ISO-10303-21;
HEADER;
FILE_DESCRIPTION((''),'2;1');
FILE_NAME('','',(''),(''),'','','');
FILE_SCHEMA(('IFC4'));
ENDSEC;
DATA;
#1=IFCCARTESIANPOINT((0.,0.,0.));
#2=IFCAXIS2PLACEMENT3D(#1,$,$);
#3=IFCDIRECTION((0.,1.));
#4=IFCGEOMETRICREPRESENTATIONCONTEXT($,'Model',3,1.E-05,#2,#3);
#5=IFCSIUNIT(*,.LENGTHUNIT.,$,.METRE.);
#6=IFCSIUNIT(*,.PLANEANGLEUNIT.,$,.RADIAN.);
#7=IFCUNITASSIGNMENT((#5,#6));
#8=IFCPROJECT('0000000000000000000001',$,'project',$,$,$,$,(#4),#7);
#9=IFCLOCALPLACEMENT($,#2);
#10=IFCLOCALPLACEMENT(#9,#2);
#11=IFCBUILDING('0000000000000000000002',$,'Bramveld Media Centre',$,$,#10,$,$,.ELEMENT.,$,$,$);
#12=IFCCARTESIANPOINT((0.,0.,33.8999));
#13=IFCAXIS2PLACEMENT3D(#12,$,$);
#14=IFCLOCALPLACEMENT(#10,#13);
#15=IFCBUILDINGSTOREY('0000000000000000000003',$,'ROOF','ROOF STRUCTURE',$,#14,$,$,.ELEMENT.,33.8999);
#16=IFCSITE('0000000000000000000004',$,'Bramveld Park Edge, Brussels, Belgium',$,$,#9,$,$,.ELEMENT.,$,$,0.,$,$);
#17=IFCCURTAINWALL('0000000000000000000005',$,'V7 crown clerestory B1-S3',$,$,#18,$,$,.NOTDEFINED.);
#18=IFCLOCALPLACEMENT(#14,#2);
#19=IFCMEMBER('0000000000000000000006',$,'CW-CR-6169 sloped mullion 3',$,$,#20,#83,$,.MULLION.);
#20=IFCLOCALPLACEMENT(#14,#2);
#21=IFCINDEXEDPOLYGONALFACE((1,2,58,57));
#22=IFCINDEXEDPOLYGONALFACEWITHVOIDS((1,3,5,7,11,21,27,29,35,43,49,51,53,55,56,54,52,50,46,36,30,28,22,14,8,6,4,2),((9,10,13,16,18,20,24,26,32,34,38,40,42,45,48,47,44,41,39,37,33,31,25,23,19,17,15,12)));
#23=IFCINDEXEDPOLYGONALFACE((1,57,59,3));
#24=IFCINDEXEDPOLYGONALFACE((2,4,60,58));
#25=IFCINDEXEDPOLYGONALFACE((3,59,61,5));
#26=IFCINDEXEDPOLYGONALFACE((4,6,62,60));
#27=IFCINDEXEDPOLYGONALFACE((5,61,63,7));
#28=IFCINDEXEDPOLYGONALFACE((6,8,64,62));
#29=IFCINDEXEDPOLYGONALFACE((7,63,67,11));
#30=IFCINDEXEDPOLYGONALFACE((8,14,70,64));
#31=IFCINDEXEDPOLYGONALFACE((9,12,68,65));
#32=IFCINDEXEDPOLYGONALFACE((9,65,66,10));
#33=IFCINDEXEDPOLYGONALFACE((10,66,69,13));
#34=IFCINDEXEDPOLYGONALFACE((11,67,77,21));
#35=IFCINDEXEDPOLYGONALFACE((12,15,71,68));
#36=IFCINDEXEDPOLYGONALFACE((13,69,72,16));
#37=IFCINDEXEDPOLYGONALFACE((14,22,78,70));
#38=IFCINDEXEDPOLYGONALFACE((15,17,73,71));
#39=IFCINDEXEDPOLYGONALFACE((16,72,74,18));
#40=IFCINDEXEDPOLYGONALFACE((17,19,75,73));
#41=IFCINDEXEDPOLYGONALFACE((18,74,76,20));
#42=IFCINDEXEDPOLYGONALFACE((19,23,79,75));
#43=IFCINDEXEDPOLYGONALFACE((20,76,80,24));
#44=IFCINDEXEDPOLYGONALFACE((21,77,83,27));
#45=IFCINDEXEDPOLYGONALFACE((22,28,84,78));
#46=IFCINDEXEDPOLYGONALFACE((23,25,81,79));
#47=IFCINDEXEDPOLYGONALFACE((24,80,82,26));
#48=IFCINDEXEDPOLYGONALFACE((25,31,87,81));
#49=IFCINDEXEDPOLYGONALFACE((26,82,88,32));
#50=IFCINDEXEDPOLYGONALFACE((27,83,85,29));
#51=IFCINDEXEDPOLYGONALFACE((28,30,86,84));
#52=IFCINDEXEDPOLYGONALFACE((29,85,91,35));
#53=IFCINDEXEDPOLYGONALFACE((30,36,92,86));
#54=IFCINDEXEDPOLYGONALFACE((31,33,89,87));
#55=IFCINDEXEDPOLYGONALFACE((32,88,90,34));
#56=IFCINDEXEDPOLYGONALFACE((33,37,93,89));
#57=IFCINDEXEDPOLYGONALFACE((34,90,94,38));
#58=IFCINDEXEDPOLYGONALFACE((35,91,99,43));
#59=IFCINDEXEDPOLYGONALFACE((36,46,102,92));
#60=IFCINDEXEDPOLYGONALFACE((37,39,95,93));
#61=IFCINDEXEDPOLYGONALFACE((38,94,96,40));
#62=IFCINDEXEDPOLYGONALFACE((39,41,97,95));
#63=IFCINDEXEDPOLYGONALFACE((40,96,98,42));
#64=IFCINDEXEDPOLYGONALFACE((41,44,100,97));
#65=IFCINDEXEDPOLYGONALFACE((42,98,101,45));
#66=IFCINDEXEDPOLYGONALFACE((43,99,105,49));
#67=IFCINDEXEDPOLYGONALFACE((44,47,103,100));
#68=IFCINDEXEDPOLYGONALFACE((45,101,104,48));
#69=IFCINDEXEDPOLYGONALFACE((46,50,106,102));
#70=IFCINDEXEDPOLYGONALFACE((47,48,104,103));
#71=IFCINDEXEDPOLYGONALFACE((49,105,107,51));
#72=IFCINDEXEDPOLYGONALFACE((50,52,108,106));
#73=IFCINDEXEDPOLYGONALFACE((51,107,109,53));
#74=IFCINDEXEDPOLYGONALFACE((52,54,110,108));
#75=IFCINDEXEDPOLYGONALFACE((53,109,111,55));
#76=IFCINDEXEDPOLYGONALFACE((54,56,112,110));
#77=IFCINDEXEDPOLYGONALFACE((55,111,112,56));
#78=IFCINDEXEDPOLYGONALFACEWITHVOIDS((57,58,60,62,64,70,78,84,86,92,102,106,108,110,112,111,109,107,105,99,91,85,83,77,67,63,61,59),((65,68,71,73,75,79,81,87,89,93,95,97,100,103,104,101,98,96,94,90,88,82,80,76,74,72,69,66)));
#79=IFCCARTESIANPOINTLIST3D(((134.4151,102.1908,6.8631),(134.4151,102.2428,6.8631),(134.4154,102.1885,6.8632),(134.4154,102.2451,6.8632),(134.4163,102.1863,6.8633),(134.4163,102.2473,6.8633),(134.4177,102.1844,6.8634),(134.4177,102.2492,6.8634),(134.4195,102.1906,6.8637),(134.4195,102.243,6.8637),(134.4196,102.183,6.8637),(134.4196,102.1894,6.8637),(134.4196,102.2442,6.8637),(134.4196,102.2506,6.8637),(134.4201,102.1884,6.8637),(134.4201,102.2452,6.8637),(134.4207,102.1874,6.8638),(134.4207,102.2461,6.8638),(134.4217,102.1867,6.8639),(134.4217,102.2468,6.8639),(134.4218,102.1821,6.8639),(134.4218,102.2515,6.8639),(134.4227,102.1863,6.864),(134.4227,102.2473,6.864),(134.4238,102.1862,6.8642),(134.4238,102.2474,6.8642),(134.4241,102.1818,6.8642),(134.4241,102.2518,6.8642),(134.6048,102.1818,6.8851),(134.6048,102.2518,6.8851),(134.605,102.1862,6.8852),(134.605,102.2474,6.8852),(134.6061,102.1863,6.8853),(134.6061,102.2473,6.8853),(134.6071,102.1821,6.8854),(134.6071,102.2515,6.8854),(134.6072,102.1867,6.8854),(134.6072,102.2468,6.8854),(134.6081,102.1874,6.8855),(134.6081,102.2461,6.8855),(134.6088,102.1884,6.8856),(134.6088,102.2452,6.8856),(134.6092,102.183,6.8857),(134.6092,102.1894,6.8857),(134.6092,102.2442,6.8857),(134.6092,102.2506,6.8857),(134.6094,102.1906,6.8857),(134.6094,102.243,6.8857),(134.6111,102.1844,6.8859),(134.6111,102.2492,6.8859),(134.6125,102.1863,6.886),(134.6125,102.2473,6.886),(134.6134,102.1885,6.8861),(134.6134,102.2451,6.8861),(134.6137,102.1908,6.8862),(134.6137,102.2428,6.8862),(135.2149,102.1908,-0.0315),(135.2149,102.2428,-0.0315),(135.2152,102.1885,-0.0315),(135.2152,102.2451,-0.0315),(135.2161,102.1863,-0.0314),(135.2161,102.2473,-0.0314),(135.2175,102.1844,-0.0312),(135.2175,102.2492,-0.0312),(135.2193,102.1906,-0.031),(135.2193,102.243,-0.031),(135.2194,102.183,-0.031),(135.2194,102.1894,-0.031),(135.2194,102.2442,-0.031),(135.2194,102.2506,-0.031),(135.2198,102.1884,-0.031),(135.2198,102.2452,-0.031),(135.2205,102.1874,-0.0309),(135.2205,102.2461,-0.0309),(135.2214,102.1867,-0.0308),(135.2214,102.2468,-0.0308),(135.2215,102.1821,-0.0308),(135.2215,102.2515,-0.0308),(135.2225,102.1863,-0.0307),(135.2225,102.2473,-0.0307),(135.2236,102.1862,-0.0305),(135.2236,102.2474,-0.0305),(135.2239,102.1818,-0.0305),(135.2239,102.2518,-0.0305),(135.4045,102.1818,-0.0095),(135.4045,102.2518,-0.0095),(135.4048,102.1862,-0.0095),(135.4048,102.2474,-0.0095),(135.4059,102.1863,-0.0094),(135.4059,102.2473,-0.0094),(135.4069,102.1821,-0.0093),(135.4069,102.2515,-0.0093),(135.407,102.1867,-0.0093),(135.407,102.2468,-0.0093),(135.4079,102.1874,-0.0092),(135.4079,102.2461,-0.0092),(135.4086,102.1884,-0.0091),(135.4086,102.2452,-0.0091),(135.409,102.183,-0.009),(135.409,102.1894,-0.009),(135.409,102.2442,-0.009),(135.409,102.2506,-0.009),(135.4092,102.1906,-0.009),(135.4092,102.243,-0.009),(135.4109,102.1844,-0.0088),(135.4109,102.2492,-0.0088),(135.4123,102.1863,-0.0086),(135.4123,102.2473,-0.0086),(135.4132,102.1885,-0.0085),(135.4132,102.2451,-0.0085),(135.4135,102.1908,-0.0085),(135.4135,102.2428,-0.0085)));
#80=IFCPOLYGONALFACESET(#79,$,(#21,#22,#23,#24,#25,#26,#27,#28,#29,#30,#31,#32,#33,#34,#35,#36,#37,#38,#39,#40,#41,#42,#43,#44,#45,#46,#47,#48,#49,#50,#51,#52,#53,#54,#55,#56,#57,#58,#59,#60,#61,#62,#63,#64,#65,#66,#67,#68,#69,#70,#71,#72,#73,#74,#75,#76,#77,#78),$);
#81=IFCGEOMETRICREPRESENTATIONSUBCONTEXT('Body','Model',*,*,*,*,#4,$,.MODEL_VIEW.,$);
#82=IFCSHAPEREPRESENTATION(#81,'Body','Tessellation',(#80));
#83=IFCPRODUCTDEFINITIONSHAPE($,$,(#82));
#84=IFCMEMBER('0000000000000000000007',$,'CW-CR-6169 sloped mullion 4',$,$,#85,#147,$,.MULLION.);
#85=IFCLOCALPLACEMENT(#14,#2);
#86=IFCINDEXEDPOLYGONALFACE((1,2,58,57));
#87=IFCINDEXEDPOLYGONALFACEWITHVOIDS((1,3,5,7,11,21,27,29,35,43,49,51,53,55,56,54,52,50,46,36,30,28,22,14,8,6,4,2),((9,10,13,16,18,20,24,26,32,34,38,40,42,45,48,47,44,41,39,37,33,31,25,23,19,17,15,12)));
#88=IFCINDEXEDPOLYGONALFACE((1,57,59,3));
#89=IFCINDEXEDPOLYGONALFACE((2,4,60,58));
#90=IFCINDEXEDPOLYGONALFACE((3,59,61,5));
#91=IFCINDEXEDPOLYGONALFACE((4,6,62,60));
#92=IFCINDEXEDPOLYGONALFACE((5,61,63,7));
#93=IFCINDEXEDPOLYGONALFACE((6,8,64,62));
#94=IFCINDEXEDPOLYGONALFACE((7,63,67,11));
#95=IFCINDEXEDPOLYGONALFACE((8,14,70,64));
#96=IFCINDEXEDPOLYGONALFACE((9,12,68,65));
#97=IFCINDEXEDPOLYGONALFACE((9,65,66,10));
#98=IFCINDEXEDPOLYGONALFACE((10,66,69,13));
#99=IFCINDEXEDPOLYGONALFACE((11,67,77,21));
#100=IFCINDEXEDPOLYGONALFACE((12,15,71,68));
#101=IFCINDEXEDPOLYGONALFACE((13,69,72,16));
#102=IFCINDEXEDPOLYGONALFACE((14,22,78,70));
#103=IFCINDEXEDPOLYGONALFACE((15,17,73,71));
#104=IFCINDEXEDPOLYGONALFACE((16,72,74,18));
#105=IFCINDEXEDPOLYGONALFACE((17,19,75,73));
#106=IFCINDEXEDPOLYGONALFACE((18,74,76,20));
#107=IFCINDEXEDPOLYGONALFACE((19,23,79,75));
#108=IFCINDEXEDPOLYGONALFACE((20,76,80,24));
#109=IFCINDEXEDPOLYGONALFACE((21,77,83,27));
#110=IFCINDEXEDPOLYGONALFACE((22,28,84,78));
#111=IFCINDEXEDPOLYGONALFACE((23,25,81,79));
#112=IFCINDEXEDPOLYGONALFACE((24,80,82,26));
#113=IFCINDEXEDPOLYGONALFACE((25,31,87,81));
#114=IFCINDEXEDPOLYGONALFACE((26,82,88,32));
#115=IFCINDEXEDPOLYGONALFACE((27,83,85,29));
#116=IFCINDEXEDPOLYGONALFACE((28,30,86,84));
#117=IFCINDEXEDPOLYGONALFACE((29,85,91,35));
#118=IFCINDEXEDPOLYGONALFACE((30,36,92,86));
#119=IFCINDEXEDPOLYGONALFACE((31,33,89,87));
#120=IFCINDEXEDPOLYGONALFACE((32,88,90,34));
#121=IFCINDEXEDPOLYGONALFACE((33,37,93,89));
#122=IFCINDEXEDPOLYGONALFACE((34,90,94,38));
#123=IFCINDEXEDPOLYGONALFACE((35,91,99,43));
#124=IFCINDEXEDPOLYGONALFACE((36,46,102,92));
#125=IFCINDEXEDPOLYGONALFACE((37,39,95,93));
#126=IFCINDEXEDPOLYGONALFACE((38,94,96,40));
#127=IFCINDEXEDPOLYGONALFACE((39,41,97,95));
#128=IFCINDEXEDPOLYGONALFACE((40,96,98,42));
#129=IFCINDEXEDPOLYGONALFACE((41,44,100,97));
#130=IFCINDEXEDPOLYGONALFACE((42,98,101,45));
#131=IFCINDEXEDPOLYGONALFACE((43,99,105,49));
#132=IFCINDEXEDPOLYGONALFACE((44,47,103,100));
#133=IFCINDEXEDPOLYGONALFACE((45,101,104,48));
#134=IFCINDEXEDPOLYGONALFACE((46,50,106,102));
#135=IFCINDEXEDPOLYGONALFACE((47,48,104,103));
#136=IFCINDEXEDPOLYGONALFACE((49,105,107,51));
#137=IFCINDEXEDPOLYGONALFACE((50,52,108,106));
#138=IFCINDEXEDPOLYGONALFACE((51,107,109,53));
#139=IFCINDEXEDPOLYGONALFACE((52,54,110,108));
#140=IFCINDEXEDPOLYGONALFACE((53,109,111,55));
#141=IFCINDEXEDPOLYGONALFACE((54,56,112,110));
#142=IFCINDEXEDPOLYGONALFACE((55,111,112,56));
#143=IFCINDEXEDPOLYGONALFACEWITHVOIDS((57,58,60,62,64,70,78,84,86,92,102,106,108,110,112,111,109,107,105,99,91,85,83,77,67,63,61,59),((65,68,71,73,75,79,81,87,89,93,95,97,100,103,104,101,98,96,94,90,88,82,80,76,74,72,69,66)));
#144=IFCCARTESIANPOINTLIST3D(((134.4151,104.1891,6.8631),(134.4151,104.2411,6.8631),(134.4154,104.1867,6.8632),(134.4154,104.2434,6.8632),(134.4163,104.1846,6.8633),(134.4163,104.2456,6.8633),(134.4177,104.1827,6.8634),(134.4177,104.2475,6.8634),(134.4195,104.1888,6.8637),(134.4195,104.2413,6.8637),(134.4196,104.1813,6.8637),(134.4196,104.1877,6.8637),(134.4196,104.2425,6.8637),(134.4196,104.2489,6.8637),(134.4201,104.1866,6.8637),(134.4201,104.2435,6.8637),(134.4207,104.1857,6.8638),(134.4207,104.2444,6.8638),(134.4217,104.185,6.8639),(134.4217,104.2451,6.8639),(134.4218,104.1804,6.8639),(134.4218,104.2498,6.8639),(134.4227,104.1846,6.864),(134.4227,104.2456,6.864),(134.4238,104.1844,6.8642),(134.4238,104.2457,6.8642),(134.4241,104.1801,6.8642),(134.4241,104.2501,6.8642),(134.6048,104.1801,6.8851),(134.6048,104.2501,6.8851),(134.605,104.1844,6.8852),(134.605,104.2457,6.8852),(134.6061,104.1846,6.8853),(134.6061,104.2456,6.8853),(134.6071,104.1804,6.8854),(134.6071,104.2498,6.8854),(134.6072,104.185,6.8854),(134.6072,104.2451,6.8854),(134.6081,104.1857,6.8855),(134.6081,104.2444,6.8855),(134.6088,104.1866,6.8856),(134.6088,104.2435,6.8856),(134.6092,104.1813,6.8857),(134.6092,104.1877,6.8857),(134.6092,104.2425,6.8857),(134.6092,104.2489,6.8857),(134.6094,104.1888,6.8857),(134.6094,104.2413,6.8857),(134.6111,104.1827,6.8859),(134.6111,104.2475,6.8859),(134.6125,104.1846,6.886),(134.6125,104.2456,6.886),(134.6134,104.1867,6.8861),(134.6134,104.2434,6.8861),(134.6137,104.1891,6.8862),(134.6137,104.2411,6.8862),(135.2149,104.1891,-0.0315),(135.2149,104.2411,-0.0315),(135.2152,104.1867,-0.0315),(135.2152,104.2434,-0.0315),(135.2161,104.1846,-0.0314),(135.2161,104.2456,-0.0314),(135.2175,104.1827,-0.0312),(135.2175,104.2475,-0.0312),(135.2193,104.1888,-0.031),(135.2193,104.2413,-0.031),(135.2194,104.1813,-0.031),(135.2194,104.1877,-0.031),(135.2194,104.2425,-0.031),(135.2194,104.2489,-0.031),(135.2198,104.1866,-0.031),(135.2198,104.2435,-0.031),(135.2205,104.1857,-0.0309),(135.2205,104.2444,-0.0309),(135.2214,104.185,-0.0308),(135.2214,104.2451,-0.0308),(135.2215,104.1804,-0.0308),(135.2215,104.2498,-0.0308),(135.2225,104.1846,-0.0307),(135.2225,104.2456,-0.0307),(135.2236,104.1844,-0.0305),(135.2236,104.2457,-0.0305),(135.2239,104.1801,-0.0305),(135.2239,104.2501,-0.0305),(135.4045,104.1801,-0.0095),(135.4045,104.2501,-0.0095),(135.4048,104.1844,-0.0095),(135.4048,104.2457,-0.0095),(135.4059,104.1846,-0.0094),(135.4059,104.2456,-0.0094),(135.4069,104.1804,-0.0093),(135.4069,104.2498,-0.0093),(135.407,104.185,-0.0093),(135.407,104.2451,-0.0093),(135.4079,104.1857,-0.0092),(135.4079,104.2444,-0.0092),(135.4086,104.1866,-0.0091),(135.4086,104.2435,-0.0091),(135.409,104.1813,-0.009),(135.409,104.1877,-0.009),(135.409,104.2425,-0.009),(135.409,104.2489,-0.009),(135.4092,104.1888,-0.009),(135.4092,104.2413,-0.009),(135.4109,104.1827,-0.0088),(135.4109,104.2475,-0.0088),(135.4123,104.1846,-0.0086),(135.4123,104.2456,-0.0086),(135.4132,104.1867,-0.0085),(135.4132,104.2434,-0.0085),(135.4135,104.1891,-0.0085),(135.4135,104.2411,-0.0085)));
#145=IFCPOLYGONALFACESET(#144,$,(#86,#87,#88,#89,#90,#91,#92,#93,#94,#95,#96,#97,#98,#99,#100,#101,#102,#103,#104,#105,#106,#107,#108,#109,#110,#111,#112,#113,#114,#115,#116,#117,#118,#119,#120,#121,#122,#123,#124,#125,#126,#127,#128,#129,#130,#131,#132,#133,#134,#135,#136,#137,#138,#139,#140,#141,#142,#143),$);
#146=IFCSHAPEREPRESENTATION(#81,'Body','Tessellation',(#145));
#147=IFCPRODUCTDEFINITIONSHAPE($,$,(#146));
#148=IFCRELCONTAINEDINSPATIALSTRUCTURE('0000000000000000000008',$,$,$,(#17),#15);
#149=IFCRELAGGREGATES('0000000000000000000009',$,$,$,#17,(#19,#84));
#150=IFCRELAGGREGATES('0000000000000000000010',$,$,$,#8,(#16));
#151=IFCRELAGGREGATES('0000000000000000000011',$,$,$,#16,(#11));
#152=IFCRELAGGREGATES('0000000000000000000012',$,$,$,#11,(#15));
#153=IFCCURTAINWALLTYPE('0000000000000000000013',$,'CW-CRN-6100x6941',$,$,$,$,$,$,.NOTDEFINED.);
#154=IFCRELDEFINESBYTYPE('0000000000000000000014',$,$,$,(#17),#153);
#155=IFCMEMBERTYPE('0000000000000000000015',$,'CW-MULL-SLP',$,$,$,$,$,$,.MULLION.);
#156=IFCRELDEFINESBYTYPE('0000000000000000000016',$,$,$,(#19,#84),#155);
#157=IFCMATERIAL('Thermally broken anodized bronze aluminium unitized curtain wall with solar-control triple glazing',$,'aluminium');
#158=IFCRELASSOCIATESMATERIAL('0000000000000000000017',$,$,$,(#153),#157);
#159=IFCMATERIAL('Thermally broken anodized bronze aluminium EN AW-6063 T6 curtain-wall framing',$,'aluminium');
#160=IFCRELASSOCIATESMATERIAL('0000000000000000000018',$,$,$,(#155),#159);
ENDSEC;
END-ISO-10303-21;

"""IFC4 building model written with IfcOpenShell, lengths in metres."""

from ifc_helpers import new_model, si_unit, direction, frame, origin, origin_2d, place, context, subcontext, project, spatial, hollow_rectangle, extrude, material, material_profile, profile_set, type_object, element, aggregate, save


model = new_model("IFC4")

# Units and contexts
model_context = context("Model", 3, precision=1e-05, world=origin(), true_north=direction((0.0, 1.0)))
body_context = subcontext(model_context, "Body", "Model", "MODEL_VIEW")
ifc_project = project(units=[si_unit("LENGTHUNIT", "METRE"), si_unit("PLANEANGLEUNIT", "RADIAN")], contexts=[model_context])

# Site, building, storey
site_placement = place(None, origin())
site = spatial("IfcSite", under=ifc_project, at=site_placement, Name="Bramveld Park Edge, Brussels, Belgium", CompositionType="ELEMENT", RefElevation=0.0)
building_placement = place(site_placement, origin())
building = spatial("IfcBuilding", under=site, at=building_placement, Name="Bramveld Media Centre", CompositionType="ELEMENT")
storey_placement = place(building_placement, frame((0.0, 0.0, 33.8999)))
storey = spatial("IfcBuildingStorey", under=building, at=storey_placement, Name="ROOF", Description="ROOF STRUCTURE", CompositionType="ELEMENT", Elevation=33.8999)

# Curtain wall, members
ifc_material_1 = material(Name="Thermally broken anodized bronze aluminium unitized curtain wall with solar-control triple glazing", Category="aluminium")
curtain_wall_type = type_object("IfcCurtainWallType", Name="CW-CRN-6100x6941", PredefinedType="NOTDEFINED", material=ifc_material_1)
curtain_wall_placement = place(storey_placement, origin())
curtain_wall = element("IfcCurtainWall", 1, at=curtain_wall_placement, inside=storey, type_object=curtain_wall_type, Name="V7 crown clerestory B1-S3", PredefinedType="NOTDEFINED")
ifc_material_2 = material(Name="Thermally broken anodized bronze aluminium EN AW-6063 T6 curtain-wall framing", Category="aluminium")
ifc_material_profile_1 = material_profile(ifc_material_2, hollow_rectangle(XDim=0.0701, YDim=0.2, WallThickness=0.0044, InnerFilletRadius=0.0044, OuterFilletRadius=0.009, at=origin_2d()), Name="AL-MULL 70x200")
ifc_profile_set_1 = profile_set([ifc_material_profile_1], Name="Thermally broken anodized bronze aluminium EN AW-6063 T6 curtain-wall framing")
member_type_1 = type_object("IfcMemberType", Name="CW-MULL-SLP", PredefinedType="MULLION", material=ifc_profile_set_1)
member_1_placement = place(storey_placement, frame((135.3142, 102.2168, -0.02), z_axis=(-0.115229, 0.0, 0.993339), x_axis=(0.0, -1.0, 0.0)))
member_1 = element("IfcMember", 2, at=member_1_placement, type_object=member_type_1, Name="CW-CR-6169 sloped mullion 3", PredefinedType="MULLION", context=body_context, shape_type="SweptSolid", body=[
    extrude(hollow_rectangle(XDim=0.0701, YDim=0.2, WallThickness=0.0044, InnerFilletRadius=0.0044, OuterFilletRadius=0.009, at=origin_2d()), origin(), (0.0, 0.0, 1.0), 6.9409),
])
member_2_placement = place(storey_placement, frame((135.3142, 104.2151, -0.02), z_axis=(-0.115229, 0.0, 0.993339), x_axis=(0.0, -1.0, 0.0)))
member_2 = element("IfcMember", 3, at=member_2_placement, type_object=member_type_1, Name="CW-CR-6169 sloped mullion 4", PredefinedType="MULLION", context=body_context, shape_type="SweptSolid", body=[
    extrude(hollow_rectangle(XDim=0.0701, YDim=0.2, WallThickness=0.0044, InnerFilletRadius=0.0044, OuterFilletRadius=0.009, at=origin_2d()), origin(), (0.0, 0.0, 1.0), 6.9409),
])

aggregate(curtain_wall, [member_1, member_2])

save(model, "model.ifc")
